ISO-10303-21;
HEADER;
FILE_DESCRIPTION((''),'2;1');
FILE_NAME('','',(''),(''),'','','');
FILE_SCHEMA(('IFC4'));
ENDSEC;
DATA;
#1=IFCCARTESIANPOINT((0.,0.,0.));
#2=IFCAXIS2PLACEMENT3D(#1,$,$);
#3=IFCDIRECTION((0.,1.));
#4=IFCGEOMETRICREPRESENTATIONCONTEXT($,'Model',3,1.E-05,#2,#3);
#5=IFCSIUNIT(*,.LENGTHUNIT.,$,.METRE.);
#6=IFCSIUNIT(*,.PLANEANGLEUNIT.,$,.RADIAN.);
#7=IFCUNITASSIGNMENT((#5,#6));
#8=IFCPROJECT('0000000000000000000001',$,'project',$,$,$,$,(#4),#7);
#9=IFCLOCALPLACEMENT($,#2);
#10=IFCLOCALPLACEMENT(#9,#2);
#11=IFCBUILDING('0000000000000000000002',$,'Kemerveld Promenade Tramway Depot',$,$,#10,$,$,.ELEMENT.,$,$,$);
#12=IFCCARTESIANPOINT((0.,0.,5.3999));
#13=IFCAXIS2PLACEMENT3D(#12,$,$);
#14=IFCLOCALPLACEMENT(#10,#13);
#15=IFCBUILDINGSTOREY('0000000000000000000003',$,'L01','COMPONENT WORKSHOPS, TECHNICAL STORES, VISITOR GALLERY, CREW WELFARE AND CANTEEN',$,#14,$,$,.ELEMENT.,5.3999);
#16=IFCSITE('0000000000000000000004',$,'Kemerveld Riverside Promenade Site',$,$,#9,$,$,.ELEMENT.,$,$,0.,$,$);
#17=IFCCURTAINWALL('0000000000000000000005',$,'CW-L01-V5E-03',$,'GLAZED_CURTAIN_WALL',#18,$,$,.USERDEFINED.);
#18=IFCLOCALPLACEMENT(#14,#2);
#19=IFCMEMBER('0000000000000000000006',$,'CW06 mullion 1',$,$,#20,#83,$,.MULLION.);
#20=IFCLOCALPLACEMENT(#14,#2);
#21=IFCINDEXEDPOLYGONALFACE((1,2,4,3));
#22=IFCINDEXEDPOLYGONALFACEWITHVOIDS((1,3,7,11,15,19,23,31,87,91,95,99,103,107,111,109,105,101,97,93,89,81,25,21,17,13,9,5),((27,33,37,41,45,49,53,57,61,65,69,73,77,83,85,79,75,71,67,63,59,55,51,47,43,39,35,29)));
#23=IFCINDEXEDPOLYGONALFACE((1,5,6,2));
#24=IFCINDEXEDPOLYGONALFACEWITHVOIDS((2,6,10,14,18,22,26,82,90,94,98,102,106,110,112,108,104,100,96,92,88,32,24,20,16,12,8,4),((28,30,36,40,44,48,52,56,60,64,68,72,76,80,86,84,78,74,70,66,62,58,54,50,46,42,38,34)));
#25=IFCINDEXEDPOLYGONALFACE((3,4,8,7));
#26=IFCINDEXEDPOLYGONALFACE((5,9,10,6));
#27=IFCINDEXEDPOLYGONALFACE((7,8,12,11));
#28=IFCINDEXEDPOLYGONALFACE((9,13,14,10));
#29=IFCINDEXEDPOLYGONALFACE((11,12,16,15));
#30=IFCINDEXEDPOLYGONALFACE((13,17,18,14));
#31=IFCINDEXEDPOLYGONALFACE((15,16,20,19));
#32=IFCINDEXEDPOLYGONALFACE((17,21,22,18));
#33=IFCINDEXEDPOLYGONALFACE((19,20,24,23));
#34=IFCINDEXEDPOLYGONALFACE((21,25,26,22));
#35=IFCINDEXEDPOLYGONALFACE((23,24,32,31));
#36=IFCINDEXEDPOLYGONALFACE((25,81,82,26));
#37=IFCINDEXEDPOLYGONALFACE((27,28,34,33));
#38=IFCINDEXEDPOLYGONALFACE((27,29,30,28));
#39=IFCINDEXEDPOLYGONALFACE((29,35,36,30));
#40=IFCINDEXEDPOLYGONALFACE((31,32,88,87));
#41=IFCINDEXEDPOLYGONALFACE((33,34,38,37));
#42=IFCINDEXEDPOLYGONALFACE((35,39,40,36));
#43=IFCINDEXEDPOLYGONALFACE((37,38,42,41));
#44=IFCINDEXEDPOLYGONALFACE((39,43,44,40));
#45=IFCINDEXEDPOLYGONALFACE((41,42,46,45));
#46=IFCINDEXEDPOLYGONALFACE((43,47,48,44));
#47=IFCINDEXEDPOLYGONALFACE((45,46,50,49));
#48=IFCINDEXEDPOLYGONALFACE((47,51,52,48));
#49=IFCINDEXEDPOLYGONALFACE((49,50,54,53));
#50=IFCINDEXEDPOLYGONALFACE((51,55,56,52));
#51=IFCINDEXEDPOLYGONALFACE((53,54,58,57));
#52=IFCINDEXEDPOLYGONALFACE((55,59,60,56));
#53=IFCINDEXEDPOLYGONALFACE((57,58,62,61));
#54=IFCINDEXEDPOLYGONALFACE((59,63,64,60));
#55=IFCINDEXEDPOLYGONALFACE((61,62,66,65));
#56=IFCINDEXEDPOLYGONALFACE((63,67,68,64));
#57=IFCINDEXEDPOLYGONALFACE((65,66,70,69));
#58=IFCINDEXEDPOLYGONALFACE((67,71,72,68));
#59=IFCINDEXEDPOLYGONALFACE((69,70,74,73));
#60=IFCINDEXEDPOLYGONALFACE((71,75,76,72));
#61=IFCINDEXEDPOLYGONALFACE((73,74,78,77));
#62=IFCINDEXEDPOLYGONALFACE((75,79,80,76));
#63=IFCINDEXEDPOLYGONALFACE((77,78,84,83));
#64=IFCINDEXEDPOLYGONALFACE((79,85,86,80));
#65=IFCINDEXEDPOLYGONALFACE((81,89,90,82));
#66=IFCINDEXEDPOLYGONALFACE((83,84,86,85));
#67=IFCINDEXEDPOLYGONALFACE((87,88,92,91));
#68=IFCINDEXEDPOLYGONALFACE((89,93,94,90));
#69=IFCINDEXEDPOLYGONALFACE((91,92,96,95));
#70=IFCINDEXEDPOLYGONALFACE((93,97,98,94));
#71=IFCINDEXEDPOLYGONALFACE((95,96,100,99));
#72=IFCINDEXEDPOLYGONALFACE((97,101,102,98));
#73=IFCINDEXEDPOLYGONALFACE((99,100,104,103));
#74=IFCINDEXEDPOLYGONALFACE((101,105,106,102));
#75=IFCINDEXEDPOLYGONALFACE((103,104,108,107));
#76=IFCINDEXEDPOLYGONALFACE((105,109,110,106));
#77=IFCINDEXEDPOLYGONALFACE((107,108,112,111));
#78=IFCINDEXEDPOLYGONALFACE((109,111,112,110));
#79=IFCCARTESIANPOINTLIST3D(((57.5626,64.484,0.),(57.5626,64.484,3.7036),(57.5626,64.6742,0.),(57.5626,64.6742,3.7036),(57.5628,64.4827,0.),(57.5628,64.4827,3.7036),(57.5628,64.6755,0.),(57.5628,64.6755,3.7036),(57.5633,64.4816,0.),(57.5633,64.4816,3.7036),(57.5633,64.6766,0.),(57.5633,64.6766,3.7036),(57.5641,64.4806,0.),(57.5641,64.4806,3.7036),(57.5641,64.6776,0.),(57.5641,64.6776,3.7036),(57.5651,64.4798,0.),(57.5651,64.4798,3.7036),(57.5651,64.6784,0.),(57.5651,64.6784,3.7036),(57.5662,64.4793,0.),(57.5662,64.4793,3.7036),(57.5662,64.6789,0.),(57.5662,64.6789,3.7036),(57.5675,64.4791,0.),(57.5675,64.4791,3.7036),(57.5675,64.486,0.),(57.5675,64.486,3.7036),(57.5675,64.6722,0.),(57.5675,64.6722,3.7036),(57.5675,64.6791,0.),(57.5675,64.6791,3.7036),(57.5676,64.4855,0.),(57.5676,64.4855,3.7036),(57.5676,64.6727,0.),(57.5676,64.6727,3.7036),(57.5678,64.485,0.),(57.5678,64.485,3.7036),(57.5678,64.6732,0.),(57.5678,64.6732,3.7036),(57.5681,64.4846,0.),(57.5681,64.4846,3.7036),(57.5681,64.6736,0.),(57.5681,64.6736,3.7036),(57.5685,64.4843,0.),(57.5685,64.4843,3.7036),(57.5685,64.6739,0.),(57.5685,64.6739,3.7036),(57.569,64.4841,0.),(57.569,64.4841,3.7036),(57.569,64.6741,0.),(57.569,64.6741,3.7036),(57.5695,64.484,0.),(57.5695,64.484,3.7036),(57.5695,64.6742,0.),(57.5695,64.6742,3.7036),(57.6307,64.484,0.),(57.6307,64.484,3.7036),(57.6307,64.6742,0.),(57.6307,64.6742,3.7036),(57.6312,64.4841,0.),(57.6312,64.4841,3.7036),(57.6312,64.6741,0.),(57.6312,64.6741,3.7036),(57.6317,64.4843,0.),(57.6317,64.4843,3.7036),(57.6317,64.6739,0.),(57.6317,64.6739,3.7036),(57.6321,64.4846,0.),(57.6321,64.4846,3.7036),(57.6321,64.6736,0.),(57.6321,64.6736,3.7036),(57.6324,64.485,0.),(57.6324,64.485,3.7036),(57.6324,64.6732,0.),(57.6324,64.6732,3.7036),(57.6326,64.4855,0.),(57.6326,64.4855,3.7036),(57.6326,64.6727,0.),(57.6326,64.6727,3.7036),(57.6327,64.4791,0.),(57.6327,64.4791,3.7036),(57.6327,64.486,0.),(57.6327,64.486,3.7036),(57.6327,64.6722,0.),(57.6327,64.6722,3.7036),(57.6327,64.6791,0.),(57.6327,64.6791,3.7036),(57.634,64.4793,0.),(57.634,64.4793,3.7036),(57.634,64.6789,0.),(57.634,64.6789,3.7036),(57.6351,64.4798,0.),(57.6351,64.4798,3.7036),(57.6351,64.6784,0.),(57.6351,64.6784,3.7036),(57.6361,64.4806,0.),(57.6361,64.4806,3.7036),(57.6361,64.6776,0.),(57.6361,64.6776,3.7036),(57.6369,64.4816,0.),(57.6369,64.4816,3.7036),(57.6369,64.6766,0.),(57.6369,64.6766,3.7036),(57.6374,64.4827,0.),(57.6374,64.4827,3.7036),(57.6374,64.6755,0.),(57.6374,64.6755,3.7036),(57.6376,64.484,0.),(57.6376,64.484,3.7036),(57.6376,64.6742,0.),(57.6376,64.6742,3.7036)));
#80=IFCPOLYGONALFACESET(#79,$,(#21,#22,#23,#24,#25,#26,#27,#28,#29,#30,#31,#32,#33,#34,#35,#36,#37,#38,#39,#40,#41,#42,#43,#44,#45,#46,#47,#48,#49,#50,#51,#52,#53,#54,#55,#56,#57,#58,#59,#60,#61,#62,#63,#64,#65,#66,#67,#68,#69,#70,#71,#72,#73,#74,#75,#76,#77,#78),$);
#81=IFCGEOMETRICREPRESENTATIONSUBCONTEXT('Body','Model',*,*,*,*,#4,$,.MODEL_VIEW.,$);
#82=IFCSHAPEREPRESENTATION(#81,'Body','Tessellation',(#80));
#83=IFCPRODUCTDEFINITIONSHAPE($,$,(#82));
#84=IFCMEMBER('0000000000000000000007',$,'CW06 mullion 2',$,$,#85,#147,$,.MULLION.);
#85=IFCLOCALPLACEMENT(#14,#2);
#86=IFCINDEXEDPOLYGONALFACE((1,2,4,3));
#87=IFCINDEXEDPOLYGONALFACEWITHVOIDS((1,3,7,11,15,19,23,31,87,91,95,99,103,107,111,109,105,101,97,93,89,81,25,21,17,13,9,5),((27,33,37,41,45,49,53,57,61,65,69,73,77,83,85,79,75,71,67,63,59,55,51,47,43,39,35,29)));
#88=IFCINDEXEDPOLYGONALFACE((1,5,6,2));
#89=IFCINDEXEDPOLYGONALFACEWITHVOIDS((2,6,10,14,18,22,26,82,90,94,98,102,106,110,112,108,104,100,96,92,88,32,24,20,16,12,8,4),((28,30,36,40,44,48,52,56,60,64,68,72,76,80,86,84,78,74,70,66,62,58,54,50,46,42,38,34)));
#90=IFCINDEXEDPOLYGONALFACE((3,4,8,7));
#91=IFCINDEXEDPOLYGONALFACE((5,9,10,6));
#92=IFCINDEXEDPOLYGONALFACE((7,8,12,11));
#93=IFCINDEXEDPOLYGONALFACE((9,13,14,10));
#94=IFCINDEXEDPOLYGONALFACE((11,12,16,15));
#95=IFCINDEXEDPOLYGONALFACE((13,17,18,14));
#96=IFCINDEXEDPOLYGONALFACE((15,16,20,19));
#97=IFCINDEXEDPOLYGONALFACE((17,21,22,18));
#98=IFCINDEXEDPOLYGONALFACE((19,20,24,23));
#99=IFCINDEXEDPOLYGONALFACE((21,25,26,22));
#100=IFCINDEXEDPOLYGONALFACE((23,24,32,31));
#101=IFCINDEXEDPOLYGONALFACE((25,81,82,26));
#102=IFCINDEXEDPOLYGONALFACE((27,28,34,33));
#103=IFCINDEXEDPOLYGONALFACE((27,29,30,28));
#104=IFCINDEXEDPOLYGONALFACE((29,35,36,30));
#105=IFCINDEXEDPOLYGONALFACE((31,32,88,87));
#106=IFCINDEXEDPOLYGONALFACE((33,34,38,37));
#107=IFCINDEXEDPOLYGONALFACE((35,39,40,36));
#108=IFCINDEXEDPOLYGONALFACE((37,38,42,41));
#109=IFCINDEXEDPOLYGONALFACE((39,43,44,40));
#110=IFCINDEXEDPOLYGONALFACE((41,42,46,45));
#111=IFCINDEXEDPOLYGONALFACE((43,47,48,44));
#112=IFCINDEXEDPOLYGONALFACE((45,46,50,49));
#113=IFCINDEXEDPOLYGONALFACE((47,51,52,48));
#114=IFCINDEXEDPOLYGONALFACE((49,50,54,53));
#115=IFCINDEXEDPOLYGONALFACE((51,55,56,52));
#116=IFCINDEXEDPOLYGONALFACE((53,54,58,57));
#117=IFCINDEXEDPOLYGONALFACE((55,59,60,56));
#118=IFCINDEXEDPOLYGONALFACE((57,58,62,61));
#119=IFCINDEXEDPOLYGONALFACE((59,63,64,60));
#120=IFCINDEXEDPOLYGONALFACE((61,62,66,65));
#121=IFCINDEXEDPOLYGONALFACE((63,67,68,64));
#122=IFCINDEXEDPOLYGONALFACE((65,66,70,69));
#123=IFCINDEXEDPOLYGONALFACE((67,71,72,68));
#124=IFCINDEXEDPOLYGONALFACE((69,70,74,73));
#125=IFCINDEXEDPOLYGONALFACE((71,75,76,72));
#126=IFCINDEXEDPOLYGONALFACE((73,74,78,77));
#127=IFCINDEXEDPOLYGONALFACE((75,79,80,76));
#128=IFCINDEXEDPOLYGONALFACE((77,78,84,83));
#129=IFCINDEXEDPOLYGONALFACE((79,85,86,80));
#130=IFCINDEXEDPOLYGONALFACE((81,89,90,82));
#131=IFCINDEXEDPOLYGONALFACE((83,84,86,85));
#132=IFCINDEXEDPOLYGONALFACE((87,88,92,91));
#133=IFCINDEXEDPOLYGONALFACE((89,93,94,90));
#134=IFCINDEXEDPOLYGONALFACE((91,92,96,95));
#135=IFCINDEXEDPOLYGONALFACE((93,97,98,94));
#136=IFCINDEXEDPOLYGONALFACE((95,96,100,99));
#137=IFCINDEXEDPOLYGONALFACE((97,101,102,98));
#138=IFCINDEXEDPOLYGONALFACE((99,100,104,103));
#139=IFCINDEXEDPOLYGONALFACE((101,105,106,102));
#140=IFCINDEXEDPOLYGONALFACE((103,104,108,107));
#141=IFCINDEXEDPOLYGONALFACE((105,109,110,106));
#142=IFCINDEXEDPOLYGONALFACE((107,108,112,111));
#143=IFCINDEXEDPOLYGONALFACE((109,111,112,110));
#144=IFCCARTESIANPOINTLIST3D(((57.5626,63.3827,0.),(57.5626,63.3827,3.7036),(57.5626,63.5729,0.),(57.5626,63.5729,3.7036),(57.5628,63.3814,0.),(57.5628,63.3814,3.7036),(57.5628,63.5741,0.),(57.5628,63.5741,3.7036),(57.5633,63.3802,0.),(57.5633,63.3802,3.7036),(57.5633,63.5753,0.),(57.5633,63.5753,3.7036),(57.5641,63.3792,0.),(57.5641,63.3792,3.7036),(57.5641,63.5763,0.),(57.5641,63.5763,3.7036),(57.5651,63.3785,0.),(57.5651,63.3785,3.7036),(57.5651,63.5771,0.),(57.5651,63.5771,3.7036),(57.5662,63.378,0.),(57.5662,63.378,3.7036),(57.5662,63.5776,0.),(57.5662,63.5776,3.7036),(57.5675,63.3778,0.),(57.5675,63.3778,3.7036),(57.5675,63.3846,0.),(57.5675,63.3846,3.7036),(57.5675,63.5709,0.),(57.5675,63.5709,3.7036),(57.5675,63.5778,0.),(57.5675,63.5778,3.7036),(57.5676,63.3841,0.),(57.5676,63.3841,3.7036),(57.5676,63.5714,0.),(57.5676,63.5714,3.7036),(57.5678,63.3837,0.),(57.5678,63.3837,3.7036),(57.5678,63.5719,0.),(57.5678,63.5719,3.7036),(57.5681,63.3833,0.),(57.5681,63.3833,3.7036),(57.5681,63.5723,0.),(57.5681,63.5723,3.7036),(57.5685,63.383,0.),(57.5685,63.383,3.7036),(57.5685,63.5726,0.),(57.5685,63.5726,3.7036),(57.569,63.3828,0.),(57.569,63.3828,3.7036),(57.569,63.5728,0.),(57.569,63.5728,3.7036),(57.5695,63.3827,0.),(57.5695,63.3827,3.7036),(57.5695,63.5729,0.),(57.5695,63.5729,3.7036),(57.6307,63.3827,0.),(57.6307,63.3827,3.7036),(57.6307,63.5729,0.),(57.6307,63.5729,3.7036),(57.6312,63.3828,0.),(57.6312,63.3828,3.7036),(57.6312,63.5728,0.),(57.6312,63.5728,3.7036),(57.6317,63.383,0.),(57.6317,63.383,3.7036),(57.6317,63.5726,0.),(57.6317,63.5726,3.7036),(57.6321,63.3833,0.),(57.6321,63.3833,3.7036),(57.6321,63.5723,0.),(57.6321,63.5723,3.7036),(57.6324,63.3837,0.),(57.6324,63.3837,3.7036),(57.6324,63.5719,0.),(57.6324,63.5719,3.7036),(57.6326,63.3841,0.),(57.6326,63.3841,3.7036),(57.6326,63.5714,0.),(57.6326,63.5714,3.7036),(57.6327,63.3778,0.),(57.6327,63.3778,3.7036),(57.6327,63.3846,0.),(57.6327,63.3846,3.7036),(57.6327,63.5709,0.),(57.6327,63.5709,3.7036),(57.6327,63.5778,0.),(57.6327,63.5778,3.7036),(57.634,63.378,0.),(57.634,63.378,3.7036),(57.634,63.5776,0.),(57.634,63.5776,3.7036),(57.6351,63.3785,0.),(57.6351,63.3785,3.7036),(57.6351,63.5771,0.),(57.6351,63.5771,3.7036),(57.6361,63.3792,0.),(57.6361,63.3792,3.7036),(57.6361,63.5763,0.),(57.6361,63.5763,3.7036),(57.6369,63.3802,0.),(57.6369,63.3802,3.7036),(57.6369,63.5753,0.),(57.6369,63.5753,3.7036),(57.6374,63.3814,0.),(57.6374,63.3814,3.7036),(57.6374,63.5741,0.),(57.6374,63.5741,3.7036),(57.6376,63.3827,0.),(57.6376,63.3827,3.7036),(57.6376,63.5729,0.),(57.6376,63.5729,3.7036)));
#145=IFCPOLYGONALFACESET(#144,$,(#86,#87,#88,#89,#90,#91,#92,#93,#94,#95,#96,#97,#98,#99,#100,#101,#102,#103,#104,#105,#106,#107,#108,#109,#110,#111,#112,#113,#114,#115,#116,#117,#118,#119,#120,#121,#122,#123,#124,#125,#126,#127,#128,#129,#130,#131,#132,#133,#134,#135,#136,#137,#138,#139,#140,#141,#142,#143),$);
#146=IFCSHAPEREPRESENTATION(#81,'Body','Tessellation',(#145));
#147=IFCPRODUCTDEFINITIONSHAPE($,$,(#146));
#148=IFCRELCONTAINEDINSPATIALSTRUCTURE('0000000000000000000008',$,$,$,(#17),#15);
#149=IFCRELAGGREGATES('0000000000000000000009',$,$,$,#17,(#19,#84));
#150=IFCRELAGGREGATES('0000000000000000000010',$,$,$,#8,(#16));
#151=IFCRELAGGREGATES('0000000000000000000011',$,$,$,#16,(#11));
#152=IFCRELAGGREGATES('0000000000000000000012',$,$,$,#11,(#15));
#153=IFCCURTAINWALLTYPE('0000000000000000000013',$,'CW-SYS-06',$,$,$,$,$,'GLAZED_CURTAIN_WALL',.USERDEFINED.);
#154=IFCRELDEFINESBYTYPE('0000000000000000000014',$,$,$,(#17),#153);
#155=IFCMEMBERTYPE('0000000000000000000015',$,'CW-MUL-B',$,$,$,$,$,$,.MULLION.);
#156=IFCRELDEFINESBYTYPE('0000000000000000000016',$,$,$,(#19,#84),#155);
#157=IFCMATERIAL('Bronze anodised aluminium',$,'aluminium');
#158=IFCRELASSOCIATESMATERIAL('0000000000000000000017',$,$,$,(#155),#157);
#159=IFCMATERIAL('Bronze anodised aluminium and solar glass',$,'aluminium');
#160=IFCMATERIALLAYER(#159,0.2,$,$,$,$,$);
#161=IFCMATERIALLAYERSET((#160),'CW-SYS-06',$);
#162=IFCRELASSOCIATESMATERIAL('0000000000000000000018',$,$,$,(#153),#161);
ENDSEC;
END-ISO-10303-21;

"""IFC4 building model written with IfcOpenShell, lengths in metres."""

from ifc_helpers import new_model, si_unit, direction, frame, origin, origin_2d, place, context, subcontext, project, spatial, hollow_rectangle, extrude, material, layer, layer_set, material_profile, profile_set, type_object, element, aggregate, save


model = new_model("IFC4")

# Units and contexts
model_context = context("Model", 3, precision=1e-05, world=origin(), true_north=direction((0.0, 1.0)))
body_context = subcontext(model_context, "Body", "Model", "MODEL_VIEW")
ifc_project = project(units=[si_unit("LENGTHUNIT", "METRE"), si_unit("PLANEANGLEUNIT", "RADIAN")], contexts=[model_context])

# Site, building, storey
site_placement = place(None, origin())
site = spatial("IfcSite", under=ifc_project, at=site_placement, Name="Kemerveld Riverside Promenade Site", CompositionType="ELEMENT", RefElevation=0.0)
building_placement = place(site_placement, origin())
building = spatial("IfcBuilding", under=site, at=building_placement, Name="Kemerveld Promenade Tramway Depot", CompositionType="ELEMENT")
storey_placement = place(building_placement, frame((0.0, 0.0, 5.3999)))
storey = spatial("IfcBuildingStorey", under=building, at=storey_placement, Name="L01", Description="COMPONENT WORKSHOPS, TECHNICAL STORES, VISITOR GALLERY, CREW WELFARE AND CANTEEN", CompositionType="ELEMENT", Elevation=5.3999)

# Shared definitions
ifc_material_1 = material(Name="Bronze anodised aluminium and solar glass", Category="aluminium")
ifc_material_2 = material(Name="Bronze anodised aluminium", Category="aluminium")
ifc_material_profile_1 = material_profile(ifc_material_2, hollow_rectangle(XDim=0.075, YDim=0.2, WallThickness=0.0049, InnerFilletRadius=0.002, OuterFilletRadius=0.0049, at=origin_2d()), Name="CW-MUL-200x75")
ifc_profile_set_1 = profile_set([ifc_material_profile_1], Name="Bronze anodised aluminium")
member_type_1 = type_object("IfcMemberType", Name="CW-MUL-B", PredefinedType="MULLION", material=ifc_profile_set_1)

# Curtain wall, members
ifc_layer_1 = layer(ifc_material_1, 0.2)
ifc_layer_set_1 = layer_set([ifc_layer_1], Name="CW-SYS-06")
curtain_wall_type_1 = type_object("IfcCurtainWallType", Name="CW-SYS-06", ElementType="GLAZED_CURTAIN_WALL", PredefinedType="USERDEFINED", material=ifc_layer_set_1)
curtain_wall_1_placement = place(storey_placement, origin())
curtain_wall_1 = element("IfcCurtainWall", 1, at=curtain_wall_1_placement, inside=storey, type_object=curtain_wall_type_1, Name="CW-L01-V5E-03", ObjectType="GLAZED_CURTAIN_WALL", PredefinedType="USERDEFINED")
member_1_placement = place(storey_placement, frame((57.6001, 64.5791, 0.0), z_axis=(0.0, 0.0, 1.0), x_axis=(1.0, 0.0, 0.0)))
member_1 = element("IfcMember", 2, at=member_1_placement, type_object=member_type_1, Name="CW06 mullion 1", PredefinedType="MULLION", context=body_context, shape_type="SweptSolid", body=[
    extrude(hollow_rectangle(XDim=0.075, YDim=0.2, WallThickness=0.0049, InnerFilletRadius=0.002, OuterFilletRadius=0.0049, at=origin_2d()), origin(), (0.0, 0.0, 1.0), 3.7036),
])
member_2_placement = place(storey_placement, frame((57.6001, 63.4778, 0.0), z_axis=(0.0, 0.0, 1.0), x_axis=(1.0, 0.0, 0.0)))
member_2 = element("IfcMember", 3, at=member_2_placement, type_object=member_type_1, Name="CW06 mullion 2", PredefinedType="MULLION", context=body_context, shape_type="SweptSolid", body=[
    extrude(hollow_rectangle(XDim=0.075, YDim=0.2, WallThickness=0.0049, InnerFilletRadius=0.002, OuterFilletRadius=0.0049, at=origin_2d()), origin(), (0.0, 0.0, 1.0), 3.7036),
])

aggregate(curtain_wall_1, [member_1, member_2])

save(model, "model.ifc")
